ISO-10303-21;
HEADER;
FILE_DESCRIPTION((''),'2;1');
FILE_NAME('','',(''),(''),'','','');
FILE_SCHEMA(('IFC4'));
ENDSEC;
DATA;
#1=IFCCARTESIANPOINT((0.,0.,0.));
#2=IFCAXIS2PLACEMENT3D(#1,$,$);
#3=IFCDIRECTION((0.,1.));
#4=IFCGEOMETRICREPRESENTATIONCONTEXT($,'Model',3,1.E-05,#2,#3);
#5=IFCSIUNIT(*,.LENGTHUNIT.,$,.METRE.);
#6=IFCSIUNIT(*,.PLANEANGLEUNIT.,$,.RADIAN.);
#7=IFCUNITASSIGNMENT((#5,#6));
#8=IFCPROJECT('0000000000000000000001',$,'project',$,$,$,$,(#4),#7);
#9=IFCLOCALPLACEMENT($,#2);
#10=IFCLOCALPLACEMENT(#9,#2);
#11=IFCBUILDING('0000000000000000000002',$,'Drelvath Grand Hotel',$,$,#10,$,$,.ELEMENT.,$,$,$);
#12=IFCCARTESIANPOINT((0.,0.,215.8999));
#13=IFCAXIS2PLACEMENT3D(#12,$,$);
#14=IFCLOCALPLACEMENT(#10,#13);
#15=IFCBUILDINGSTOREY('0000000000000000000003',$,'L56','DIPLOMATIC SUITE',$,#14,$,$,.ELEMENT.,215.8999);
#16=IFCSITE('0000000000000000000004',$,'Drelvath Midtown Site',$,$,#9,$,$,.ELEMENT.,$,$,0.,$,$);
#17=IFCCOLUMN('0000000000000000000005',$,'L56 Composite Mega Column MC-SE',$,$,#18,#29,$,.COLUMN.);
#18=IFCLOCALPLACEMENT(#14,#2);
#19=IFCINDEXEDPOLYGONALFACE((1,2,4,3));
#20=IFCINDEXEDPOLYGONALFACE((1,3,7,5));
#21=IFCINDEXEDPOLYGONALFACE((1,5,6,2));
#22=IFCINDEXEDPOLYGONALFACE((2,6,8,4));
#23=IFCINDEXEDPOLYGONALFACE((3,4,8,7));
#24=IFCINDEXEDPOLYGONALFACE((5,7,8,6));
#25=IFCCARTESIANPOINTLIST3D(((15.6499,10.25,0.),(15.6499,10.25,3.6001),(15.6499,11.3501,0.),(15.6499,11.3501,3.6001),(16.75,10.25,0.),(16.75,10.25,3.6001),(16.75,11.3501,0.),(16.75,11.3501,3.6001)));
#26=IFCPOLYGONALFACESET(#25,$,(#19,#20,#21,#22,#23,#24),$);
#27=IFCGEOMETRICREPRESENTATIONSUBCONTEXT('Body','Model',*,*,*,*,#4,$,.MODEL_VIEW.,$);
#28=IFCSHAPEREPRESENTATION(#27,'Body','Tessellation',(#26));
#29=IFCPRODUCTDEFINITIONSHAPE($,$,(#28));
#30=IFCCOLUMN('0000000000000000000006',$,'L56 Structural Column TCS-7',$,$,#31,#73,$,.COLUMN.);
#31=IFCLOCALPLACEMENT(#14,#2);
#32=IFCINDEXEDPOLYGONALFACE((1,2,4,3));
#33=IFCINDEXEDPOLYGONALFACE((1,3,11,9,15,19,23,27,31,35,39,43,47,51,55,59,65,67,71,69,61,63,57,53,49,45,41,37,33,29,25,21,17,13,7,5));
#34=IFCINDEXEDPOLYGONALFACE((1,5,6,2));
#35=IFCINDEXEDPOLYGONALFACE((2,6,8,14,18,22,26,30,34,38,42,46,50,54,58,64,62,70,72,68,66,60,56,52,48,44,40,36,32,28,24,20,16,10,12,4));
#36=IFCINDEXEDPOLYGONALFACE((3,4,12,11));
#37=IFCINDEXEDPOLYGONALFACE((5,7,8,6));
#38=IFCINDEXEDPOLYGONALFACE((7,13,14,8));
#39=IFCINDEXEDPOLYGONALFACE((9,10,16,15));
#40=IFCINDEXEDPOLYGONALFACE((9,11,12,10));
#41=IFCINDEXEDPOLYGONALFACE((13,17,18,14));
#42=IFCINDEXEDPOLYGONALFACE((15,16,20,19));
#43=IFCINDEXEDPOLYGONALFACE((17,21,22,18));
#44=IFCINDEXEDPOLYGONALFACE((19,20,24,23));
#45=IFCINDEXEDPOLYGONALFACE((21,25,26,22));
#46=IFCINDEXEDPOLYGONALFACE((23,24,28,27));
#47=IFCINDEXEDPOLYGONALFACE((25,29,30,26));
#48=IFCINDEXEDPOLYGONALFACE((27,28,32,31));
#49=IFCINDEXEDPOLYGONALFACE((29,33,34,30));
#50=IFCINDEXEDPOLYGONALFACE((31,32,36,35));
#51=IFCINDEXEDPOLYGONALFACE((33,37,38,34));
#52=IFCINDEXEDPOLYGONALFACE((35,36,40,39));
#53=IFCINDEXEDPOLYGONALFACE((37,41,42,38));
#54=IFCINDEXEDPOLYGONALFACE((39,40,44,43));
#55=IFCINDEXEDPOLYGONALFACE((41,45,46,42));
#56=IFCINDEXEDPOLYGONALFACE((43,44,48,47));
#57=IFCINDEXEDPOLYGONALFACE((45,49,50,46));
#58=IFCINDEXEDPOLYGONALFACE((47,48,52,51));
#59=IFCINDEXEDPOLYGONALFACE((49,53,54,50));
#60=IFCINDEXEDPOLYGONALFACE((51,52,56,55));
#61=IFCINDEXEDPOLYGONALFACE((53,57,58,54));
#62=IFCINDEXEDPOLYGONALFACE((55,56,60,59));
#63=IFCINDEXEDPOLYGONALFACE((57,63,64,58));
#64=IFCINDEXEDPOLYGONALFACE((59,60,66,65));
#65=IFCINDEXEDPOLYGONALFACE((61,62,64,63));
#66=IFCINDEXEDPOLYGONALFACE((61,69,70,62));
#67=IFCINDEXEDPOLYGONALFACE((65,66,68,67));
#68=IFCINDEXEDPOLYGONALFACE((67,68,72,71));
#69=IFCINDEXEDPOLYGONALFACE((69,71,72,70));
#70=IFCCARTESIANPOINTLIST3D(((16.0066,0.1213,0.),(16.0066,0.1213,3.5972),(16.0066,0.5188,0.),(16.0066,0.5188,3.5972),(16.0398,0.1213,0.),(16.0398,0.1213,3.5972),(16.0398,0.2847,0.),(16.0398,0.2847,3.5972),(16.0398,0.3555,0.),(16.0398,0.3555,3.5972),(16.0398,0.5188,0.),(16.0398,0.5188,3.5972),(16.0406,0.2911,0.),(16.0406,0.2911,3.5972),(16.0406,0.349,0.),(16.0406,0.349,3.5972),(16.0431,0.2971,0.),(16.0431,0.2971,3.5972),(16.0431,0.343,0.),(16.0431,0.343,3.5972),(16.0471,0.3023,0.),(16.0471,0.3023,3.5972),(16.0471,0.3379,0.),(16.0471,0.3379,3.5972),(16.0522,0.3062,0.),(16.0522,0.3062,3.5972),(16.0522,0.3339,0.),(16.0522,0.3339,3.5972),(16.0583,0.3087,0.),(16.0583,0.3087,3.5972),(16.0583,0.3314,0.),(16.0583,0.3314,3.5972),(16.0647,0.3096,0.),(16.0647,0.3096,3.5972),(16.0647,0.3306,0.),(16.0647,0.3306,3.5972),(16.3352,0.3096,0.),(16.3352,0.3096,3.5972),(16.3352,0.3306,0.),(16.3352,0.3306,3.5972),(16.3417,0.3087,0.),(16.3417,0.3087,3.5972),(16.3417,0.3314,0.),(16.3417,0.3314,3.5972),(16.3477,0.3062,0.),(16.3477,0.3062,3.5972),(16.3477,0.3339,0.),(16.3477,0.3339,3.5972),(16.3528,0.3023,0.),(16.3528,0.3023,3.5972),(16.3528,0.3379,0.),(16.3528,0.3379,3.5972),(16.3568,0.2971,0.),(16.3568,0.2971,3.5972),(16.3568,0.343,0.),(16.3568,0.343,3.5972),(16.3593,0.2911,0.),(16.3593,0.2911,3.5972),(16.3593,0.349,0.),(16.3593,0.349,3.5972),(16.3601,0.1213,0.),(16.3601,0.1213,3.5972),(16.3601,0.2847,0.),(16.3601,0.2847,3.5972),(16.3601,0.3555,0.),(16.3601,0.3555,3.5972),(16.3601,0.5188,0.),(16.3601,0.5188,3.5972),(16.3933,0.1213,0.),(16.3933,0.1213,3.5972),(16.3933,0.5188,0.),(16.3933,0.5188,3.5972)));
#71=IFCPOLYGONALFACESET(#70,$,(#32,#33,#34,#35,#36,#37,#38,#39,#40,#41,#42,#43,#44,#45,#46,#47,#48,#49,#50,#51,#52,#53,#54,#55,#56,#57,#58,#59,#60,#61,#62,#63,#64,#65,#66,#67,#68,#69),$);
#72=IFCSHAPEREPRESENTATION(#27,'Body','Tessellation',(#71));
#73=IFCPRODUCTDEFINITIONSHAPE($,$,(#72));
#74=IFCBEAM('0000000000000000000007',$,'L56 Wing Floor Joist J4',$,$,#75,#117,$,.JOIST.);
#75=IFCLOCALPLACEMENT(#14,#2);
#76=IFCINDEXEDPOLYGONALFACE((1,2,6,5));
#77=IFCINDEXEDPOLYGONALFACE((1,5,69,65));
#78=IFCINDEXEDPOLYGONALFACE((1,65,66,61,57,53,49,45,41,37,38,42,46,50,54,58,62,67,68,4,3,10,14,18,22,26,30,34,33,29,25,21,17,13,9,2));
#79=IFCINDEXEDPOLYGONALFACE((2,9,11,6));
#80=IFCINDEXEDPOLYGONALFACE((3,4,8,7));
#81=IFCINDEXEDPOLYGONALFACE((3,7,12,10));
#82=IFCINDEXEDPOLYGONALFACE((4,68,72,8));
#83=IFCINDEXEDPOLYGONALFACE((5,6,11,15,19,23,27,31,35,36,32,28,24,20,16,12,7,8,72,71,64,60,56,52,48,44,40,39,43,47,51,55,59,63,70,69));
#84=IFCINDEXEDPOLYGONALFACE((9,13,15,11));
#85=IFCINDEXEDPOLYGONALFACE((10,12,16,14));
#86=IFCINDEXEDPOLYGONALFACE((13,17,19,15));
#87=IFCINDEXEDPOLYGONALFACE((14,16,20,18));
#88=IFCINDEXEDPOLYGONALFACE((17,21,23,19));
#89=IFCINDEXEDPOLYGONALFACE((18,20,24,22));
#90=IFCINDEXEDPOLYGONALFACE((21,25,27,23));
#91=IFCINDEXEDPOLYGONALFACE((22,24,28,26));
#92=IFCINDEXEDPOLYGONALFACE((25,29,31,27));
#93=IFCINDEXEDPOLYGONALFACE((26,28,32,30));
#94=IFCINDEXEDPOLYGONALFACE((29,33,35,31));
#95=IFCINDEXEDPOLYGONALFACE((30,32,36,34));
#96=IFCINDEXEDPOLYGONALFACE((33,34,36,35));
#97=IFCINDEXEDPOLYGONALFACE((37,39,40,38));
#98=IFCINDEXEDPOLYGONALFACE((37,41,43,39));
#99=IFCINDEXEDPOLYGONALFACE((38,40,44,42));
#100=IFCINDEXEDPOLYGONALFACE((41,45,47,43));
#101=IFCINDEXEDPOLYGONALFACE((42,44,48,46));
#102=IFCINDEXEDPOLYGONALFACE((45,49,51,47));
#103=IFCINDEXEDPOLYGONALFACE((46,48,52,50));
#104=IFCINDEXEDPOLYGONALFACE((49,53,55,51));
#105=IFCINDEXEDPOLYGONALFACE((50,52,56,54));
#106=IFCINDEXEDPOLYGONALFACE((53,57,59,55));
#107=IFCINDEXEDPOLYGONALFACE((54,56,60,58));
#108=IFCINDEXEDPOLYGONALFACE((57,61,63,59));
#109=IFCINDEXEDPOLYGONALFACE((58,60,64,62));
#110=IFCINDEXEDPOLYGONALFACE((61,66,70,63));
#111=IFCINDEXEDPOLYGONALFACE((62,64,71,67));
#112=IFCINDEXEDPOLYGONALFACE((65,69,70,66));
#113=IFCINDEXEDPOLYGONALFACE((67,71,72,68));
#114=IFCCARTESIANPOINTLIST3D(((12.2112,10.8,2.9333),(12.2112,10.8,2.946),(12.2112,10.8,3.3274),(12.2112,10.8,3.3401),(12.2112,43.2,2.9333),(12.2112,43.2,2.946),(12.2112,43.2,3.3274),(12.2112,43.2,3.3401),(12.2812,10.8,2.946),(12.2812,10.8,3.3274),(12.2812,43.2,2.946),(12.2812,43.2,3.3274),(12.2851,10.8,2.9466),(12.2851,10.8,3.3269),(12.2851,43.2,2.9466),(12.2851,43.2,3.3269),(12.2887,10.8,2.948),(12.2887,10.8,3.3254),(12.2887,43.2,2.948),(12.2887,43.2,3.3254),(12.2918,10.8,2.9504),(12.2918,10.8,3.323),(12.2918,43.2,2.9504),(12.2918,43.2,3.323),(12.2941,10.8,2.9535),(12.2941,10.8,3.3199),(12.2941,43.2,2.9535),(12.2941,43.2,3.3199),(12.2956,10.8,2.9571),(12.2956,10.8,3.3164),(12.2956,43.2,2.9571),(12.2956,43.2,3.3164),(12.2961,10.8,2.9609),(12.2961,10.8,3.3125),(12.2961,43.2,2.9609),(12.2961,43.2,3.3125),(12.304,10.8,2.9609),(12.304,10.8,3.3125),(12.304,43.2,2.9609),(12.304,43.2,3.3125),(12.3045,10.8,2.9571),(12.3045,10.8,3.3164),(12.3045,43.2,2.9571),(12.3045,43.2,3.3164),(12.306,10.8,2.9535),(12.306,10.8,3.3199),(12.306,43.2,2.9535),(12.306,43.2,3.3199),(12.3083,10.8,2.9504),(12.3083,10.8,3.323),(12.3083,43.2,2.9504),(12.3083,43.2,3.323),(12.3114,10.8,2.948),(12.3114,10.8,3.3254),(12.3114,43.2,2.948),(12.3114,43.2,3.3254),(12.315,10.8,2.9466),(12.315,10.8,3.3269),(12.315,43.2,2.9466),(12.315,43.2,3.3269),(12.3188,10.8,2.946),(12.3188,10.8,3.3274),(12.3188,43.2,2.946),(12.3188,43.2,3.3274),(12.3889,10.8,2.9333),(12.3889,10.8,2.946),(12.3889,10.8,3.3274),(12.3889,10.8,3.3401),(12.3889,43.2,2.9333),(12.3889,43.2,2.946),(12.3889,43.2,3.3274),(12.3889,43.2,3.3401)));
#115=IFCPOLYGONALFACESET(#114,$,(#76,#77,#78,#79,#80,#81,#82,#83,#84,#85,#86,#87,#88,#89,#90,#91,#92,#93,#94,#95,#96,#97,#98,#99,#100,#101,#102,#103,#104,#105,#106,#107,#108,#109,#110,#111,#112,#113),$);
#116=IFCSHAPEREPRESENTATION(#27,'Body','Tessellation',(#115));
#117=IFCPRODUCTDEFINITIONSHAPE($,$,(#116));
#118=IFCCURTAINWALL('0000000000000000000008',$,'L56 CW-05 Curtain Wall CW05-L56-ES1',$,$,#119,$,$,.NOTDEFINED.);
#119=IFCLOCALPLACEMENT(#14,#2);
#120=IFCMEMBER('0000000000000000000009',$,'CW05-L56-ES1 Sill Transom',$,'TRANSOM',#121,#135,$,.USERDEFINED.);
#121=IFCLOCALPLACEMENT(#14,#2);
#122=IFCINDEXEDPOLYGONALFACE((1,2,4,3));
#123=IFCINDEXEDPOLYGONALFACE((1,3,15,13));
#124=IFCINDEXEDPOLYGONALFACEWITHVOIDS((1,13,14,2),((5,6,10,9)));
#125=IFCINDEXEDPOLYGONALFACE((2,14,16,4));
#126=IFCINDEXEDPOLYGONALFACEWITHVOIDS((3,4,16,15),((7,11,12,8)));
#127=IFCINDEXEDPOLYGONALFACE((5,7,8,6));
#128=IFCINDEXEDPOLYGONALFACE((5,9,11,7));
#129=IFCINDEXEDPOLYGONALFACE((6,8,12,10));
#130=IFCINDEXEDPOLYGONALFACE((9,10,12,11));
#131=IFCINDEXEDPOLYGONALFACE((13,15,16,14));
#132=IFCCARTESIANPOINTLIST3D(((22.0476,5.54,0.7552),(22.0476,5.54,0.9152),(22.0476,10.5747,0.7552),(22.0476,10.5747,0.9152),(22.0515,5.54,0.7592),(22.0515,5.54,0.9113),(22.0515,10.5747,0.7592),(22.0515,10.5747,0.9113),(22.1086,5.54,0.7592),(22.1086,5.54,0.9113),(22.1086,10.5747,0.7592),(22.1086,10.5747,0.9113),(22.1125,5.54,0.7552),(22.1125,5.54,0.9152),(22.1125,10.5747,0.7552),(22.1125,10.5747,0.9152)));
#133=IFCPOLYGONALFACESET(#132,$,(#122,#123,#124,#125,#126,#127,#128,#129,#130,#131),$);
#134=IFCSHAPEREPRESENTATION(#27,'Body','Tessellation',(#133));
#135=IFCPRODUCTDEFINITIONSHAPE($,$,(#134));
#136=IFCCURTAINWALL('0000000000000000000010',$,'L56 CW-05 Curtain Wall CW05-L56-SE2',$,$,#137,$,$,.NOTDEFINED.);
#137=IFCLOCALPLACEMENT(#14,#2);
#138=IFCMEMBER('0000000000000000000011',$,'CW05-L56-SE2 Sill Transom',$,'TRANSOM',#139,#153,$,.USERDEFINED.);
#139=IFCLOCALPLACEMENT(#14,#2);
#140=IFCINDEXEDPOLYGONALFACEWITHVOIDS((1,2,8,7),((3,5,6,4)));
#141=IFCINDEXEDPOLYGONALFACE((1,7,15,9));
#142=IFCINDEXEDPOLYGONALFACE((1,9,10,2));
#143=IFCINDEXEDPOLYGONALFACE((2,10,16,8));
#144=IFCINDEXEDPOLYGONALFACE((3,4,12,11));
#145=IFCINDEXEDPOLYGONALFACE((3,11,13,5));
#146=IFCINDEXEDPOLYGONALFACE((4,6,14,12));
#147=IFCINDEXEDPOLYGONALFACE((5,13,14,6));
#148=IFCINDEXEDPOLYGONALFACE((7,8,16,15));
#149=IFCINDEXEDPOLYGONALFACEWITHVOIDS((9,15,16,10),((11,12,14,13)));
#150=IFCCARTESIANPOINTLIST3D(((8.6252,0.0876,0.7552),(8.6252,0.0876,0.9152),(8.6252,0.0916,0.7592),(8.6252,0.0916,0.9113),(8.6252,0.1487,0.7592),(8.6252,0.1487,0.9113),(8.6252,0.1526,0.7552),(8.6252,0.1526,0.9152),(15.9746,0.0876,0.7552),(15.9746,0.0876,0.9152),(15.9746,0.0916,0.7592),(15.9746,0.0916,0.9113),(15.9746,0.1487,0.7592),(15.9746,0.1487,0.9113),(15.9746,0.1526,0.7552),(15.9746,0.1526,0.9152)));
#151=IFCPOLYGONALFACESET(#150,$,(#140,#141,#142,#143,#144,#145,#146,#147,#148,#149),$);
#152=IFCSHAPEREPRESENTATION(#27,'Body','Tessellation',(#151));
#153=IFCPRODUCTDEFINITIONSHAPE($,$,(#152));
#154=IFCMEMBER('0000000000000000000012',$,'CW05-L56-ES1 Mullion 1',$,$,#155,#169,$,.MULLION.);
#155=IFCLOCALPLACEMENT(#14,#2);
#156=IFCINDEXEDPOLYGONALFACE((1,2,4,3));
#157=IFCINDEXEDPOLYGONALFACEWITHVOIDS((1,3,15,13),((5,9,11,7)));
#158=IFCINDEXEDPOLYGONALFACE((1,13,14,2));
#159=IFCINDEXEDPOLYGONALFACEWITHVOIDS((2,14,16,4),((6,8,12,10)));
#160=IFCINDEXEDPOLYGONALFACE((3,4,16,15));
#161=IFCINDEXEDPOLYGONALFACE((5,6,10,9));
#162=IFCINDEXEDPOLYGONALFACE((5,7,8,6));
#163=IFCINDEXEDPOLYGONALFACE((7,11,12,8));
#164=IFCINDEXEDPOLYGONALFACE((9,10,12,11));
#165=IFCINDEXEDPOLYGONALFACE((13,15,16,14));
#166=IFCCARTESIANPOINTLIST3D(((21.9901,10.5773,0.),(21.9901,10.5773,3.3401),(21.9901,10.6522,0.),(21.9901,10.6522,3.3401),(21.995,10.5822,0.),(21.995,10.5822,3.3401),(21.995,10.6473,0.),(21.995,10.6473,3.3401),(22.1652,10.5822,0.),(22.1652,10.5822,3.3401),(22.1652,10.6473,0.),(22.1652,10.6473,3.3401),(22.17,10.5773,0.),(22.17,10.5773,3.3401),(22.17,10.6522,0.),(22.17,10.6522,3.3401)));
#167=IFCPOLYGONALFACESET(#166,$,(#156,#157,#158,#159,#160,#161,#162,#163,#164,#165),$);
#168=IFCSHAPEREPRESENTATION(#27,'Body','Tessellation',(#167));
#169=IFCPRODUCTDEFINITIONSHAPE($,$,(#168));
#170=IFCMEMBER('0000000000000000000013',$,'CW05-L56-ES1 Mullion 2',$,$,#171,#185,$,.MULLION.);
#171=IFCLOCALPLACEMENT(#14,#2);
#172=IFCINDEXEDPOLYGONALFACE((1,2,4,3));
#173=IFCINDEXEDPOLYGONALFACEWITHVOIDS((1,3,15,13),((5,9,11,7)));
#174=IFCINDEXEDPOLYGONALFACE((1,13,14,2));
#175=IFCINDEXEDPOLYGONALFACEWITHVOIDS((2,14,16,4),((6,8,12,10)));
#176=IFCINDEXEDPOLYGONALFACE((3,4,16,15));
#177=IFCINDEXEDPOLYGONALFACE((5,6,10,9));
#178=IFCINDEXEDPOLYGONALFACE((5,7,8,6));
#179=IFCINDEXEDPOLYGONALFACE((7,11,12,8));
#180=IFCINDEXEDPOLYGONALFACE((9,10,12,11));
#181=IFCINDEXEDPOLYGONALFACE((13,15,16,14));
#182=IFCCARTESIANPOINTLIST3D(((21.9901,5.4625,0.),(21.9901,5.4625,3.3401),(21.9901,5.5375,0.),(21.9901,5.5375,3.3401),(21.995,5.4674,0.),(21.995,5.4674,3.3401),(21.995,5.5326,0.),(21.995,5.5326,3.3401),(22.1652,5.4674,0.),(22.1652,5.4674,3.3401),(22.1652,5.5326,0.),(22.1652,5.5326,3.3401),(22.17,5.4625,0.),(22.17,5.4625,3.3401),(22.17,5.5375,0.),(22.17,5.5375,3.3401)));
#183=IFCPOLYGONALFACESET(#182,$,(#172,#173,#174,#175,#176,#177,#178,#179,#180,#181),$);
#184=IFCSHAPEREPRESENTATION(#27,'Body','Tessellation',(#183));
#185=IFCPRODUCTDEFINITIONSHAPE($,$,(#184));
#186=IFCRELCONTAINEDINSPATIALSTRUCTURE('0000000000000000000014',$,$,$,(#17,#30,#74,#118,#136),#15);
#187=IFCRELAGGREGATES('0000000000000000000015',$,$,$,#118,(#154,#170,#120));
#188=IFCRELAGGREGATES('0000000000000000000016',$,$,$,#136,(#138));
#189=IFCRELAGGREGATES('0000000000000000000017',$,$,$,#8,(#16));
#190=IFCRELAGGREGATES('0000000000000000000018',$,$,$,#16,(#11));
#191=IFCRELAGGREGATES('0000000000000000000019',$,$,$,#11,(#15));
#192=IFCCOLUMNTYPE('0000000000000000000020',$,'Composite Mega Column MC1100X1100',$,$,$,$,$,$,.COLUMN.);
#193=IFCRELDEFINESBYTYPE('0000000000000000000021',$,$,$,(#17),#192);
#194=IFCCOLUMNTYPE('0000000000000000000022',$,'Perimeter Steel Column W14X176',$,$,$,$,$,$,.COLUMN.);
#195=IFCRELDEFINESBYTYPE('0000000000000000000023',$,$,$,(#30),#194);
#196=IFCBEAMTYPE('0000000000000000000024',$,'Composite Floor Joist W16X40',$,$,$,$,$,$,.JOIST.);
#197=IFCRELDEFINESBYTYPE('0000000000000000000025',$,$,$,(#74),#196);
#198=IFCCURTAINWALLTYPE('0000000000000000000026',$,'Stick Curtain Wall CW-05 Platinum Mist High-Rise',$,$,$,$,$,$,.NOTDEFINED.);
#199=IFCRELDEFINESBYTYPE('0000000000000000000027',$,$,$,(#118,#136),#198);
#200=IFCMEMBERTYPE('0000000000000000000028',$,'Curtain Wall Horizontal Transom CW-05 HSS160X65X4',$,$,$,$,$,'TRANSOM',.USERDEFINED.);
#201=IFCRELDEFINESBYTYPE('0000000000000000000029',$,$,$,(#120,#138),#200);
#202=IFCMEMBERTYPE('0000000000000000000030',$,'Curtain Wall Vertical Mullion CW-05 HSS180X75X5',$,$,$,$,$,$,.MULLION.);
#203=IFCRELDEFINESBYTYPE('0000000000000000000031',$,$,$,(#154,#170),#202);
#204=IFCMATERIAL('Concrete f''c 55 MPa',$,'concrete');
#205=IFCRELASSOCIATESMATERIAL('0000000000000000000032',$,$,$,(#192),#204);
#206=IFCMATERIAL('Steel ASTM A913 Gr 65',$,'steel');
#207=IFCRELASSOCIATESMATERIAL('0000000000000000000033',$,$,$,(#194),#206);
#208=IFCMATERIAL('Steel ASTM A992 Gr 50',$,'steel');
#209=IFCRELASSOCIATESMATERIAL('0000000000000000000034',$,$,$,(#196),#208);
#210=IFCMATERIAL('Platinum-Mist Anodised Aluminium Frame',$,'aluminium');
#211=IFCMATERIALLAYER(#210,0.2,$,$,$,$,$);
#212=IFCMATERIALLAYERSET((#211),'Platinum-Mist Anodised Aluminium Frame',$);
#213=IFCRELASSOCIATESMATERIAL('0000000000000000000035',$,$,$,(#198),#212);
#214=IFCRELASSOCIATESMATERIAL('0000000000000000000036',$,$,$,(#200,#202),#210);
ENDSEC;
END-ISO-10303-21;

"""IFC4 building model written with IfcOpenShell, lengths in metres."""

from ifc_helpers import new_model, si_unit, direction, frame, origin, origin_2d, place, context, subcontext, project, spatial, rectangle, hollow_rectangle, i_section, extrude, material, layer, layer_set, material_profile, profile_set, type_object, element, aggregate, save


model = new_model("IFC4")

# Units and contexts
model_context = context("Model", 3, precision=1e-05, world=origin(), true_north=direction((0.0, 1.0)))
body_context = subcontext(model_context, "Body", "Model", "MODEL_VIEW")
ifc_project = project(units=[si_unit("LENGTHUNIT", "METRE"), si_unit("PLANEANGLEUNIT", "RADIAN")], contexts=[model_context])

# Site, building, storey
site_placement = place(None, origin())
site = spatial("IfcSite", under=ifc_project, at=site_placement, Name="Drelvath Midtown Site", CompositionType="ELEMENT", RefElevation=0.0)
building_placement = place(site_placement, origin())
building = spatial("IfcBuilding", under=site, at=building_placement, Name="Drelvath Grand Hotel", CompositionType="ELEMENT")
storey_placement = place(building_placement, frame((0.0, 0.0, 215.8999)))
storey = spatial("IfcBuildingStorey", under=building, at=storey_placement, Name="L56", Description="DIPLOMATIC SUITE", CompositionType="ELEMENT", Elevation=215.8999)

# Columns
ifc_material_1 = material(Name="Concrete f'c 55 MPa", Category="concrete")
ifc_material_profile_1 = material_profile(ifc_material_1, rectangle(XDim=1.1001, YDim=1.1001, at=origin_2d()), Name="MC1100X1100")
ifc_profile_set_1 = profile_set([ifc_material_profile_1], Name="Concrete f'c 55 MPa")
column_type_1 = type_object("IfcColumnType", Name="Composite Mega Column MC1100X1100", PredefinedType="COLUMN", material=ifc_profile_set_1)
column_1_placement = place(storey_placement, frame((16.2, 10.8, 0.0), z_axis=(0.0, 0.0, 1.0), x_axis=(1.0, 0.0, 0.0)))
element("IfcColumn", 1, at=column_1_placement, inside=storey, type_object=column_type_1, Name="L56 Composite Mega Column MC-SE", PredefinedType="COLUMN", context=body_context, shape_type="SweptSolid", body=[
    extrude(rectangle(XDim=1.1001, YDim=1.1001, at=origin_2d()), origin(), (0.0, 0.0, 1.0), 3.6001),
])
ifc_material_2 = material(Name="Steel ASTM A913 Gr 65", Category="steel")
ifc_material_profile_2 = material_profile(ifc_material_2, i_section(OverallWidth=0.3975, OverallDepth=0.3867, WebThickness=0.021, FlangeThickness=0.0332, FilletRadius=0.0249, at=origin_2d()), Name="W14X176")
ifc_profile_set_2 = profile_set([ifc_material_profile_2], Name="Steel ASTM A913 Gr 65")
column_type_2 = type_object("IfcColumnType", Name="Perimeter Steel Column W14X176", PredefinedType="COLUMN", material=ifc_profile_set_2)
column_2_placement = place(storey_placement, frame((16.2, 0.3201, 0.0), z_axis=(0.0, 0.0, 1.0), x_axis=(0.0, 1.0, 0.0)))
element("IfcColumn", 2, at=column_2_placement, inside=storey, type_object=column_type_2, Name="L56 Structural Column TCS-7", PredefinedType="COLUMN", context=body_context, shape_type="SweptSolid", body=[
    extrude(i_section(OverallWidth=0.3975, OverallDepth=0.3867, WebThickness=0.021, FlangeThickness=0.0332, FilletRadius=0.0249, at=origin_2d()), origin(), (0.0, 0.0, 1.0), 3.5972),
])

# Beam
ifc_material_3 = material(Name="Steel ASTM A992 Gr 50", Category="steel")
ifc_material_profile_3 = material_profile(ifc_material_3, i_section(OverallWidth=0.1777, OverallDepth=0.4067, WebThickness=0.0078, FlangeThickness=0.0127, FilletRadius=0.0149, at=origin_2d()), Name="W16X40")
ifc_profile_set_3 = profile_set([ifc_material_profile_3], Name="Steel ASTM A992 Gr 50")
beam_type_1 = type_object("IfcBeamType", Name="Composite Floor Joist W16X40", PredefinedType="JOIST", material=ifc_profile_set_3)
beam_1_placement = place(storey_placement, frame((12.3, 10.8, 3.1367), z_axis=(0.0, 1.0, 0.0), x_axis=(-1.0, 0.0, 0.0)))
element("IfcBeam", 3, at=beam_1_placement, inside=storey, type_object=beam_type_1, Name="L56 Wing Floor Joist J4", PredefinedType="JOIST", context=body_context, shape_type="SweptSolid", body=[
    extrude(i_section(OverallWidth=0.1777, OverallDepth=0.4067, WebThickness=0.0078, FlangeThickness=0.0127, FilletRadius=0.0149, at=origin_2d()), origin(), (0.0, 0.0, 1.0), 32.3999),
])

# Curtain walls, members
ifc_material_4 = material(Name="Platinum-Mist Anodised Aluminium Frame", Category="aluminium")
ifc_layer_1 = layer(ifc_material_4, 0.2)
ifc_layer_set_1 = layer_set([ifc_layer_1], Name="Platinum-Mist Anodised Aluminium Frame")
curtain_wall_type = type_object("IfcCurtainWallType", Name="Stick Curtain Wall CW-05 Platinum Mist High-Rise", PredefinedType="NOTDEFINED", material=ifc_layer_set_1)
curtain_wall_1_placement = place(storey_placement, origin())
curtain_wall_1 = element("IfcCurtainWall", 4, at=curtain_wall_1_placement, inside=storey, type_object=curtain_wall_type, Name="L56 CW-05 Curtain Wall CW05-L56-ES1", PredefinedType="NOTDEFINED")
ifc_material_profile_4 = material_profile(ifc_material_4, hollow_rectangle(XDim=0.0649, YDim=0.1599, WallThickness=0.0039, at=origin_2d()), Name="HSS160X65X4")
ifc_profile_set_4 = profile_set([ifc_material_profile_4], Name="Platinum-Mist Anodised Aluminium Frame")
member_type_1 = type_object("IfcMemberType", Name="Curtain Wall Horizontal Transom CW-05 HSS160X65X4", ElementType="TRANSOM", PredefinedType="USERDEFINED", material=ifc_profile_set_4)
member_1_placement = place(storey_placement, frame((22.0801, 10.5747, 0.8352), z_axis=(0.0, -1.0, 0.0), x_axis=(1.0, 0.0, 0.0)))
member_1 = element("IfcMember", 5, at=member_1_placement, type_object=member_type_1, Name="CW05-L56-ES1 Sill Transom", ObjectType="TRANSOM", PredefinedType="USERDEFINED", context=body_context, shape_type="SweptSolid", body=[
    extrude(hollow_rectangle(XDim=0.0649, YDim=0.1599, WallThickness=0.0039, at=origin_2d()), origin(), (0.0, 0.0, 1.0), 5.0347),
])
curtain_wall_2_placement = place(storey_placement, origin())
curtain_wall_2 = element("IfcCurtainWall", 6, at=curtain_wall_2_placement, inside=storey, type_object=curtain_wall_type, Name="L56 CW-05 Curtain Wall CW05-L56-SE2", PredefinedType="NOTDEFINED")
member_2_placement = place(storey_placement, frame((15.9746, 0.1201, 0.8352), z_axis=(-1.0, 0.0, 0.0), x_axis=(0.0, -1.0, 0.0)))
member_2 = element("IfcMember", 7, at=member_2_placement, type_object=member_type_1, Name="CW05-L56-SE2 Sill Transom", ObjectType="TRANSOM", PredefinedType="USERDEFINED", context=body_context, shape_type="SweptSolid", body=[
    extrude(hollow_rectangle(XDim=0.0649, YDim=0.1599, WallThickness=0.0039, at=origin_2d()), origin(), (0.0, 0.0, 1.0), 7.3494),
])

# Members
ifc_material_profile_5 = material_profile(ifc_material_4, hollow_rectangle(XDim=0.075, YDim=0.1799, WallThickness=0.0049, at=origin_2d()), Name="HSS180X75X5")
ifc_profile_set_5 = profile_set([ifc_material_profile_5], Name="Platinum-Mist Anodised Aluminium Frame")
member_type_2 = type_object("IfcMemberType", Name="Curtain Wall Vertical Mullion CW-05 HSS180X75X5", PredefinedType="MULLION", material=ifc_profile_set_5)
member_3_placement = place(storey_placement, frame((22.0801, 10.6147, 0.0), z_axis=(0.0, 0.0, 1.0), x_axis=(0.0, 1.0, 0.0)))
member_3 = element("IfcMember", 8, at=member_3_placement, type_object=member_type_2, Name="CW05-L56-ES1 Mullion 1", PredefinedType="MULLION", context=body_context, shape_type="SweptSolid", body=[
    extrude(hollow_rectangle(XDim=0.075, YDim=0.1799, WallThickness=0.0049, at=origin_2d()), origin(), (0.0, 0.0, 1.0), 3.3401),
])
member_4_placement = place(storey_placement, frame((22.0801, 5.5, 0.0), z_axis=(0.0, 0.0, 1.0), x_axis=(0.0, 1.0, 0.0)))
member_4 = element("IfcMember", 9, at=member_4_placement, type_object=member_type_2, Name="CW05-L56-ES1 Mullion 2", PredefinedType="MULLION", context=body_context, shape_type="SweptSolid", body=[
    extrude(hollow_rectangle(XDim=0.075, YDim=0.1799, WallThickness=0.0049, at=origin_2d()), origin(), (0.0, 0.0, 1.0), 3.3401),
])

aggregate(curtain_wall_1, [member_3, member_4, member_1])
aggregate(curtain_wall_2, [member_2])

save(model, "model.ifc")
